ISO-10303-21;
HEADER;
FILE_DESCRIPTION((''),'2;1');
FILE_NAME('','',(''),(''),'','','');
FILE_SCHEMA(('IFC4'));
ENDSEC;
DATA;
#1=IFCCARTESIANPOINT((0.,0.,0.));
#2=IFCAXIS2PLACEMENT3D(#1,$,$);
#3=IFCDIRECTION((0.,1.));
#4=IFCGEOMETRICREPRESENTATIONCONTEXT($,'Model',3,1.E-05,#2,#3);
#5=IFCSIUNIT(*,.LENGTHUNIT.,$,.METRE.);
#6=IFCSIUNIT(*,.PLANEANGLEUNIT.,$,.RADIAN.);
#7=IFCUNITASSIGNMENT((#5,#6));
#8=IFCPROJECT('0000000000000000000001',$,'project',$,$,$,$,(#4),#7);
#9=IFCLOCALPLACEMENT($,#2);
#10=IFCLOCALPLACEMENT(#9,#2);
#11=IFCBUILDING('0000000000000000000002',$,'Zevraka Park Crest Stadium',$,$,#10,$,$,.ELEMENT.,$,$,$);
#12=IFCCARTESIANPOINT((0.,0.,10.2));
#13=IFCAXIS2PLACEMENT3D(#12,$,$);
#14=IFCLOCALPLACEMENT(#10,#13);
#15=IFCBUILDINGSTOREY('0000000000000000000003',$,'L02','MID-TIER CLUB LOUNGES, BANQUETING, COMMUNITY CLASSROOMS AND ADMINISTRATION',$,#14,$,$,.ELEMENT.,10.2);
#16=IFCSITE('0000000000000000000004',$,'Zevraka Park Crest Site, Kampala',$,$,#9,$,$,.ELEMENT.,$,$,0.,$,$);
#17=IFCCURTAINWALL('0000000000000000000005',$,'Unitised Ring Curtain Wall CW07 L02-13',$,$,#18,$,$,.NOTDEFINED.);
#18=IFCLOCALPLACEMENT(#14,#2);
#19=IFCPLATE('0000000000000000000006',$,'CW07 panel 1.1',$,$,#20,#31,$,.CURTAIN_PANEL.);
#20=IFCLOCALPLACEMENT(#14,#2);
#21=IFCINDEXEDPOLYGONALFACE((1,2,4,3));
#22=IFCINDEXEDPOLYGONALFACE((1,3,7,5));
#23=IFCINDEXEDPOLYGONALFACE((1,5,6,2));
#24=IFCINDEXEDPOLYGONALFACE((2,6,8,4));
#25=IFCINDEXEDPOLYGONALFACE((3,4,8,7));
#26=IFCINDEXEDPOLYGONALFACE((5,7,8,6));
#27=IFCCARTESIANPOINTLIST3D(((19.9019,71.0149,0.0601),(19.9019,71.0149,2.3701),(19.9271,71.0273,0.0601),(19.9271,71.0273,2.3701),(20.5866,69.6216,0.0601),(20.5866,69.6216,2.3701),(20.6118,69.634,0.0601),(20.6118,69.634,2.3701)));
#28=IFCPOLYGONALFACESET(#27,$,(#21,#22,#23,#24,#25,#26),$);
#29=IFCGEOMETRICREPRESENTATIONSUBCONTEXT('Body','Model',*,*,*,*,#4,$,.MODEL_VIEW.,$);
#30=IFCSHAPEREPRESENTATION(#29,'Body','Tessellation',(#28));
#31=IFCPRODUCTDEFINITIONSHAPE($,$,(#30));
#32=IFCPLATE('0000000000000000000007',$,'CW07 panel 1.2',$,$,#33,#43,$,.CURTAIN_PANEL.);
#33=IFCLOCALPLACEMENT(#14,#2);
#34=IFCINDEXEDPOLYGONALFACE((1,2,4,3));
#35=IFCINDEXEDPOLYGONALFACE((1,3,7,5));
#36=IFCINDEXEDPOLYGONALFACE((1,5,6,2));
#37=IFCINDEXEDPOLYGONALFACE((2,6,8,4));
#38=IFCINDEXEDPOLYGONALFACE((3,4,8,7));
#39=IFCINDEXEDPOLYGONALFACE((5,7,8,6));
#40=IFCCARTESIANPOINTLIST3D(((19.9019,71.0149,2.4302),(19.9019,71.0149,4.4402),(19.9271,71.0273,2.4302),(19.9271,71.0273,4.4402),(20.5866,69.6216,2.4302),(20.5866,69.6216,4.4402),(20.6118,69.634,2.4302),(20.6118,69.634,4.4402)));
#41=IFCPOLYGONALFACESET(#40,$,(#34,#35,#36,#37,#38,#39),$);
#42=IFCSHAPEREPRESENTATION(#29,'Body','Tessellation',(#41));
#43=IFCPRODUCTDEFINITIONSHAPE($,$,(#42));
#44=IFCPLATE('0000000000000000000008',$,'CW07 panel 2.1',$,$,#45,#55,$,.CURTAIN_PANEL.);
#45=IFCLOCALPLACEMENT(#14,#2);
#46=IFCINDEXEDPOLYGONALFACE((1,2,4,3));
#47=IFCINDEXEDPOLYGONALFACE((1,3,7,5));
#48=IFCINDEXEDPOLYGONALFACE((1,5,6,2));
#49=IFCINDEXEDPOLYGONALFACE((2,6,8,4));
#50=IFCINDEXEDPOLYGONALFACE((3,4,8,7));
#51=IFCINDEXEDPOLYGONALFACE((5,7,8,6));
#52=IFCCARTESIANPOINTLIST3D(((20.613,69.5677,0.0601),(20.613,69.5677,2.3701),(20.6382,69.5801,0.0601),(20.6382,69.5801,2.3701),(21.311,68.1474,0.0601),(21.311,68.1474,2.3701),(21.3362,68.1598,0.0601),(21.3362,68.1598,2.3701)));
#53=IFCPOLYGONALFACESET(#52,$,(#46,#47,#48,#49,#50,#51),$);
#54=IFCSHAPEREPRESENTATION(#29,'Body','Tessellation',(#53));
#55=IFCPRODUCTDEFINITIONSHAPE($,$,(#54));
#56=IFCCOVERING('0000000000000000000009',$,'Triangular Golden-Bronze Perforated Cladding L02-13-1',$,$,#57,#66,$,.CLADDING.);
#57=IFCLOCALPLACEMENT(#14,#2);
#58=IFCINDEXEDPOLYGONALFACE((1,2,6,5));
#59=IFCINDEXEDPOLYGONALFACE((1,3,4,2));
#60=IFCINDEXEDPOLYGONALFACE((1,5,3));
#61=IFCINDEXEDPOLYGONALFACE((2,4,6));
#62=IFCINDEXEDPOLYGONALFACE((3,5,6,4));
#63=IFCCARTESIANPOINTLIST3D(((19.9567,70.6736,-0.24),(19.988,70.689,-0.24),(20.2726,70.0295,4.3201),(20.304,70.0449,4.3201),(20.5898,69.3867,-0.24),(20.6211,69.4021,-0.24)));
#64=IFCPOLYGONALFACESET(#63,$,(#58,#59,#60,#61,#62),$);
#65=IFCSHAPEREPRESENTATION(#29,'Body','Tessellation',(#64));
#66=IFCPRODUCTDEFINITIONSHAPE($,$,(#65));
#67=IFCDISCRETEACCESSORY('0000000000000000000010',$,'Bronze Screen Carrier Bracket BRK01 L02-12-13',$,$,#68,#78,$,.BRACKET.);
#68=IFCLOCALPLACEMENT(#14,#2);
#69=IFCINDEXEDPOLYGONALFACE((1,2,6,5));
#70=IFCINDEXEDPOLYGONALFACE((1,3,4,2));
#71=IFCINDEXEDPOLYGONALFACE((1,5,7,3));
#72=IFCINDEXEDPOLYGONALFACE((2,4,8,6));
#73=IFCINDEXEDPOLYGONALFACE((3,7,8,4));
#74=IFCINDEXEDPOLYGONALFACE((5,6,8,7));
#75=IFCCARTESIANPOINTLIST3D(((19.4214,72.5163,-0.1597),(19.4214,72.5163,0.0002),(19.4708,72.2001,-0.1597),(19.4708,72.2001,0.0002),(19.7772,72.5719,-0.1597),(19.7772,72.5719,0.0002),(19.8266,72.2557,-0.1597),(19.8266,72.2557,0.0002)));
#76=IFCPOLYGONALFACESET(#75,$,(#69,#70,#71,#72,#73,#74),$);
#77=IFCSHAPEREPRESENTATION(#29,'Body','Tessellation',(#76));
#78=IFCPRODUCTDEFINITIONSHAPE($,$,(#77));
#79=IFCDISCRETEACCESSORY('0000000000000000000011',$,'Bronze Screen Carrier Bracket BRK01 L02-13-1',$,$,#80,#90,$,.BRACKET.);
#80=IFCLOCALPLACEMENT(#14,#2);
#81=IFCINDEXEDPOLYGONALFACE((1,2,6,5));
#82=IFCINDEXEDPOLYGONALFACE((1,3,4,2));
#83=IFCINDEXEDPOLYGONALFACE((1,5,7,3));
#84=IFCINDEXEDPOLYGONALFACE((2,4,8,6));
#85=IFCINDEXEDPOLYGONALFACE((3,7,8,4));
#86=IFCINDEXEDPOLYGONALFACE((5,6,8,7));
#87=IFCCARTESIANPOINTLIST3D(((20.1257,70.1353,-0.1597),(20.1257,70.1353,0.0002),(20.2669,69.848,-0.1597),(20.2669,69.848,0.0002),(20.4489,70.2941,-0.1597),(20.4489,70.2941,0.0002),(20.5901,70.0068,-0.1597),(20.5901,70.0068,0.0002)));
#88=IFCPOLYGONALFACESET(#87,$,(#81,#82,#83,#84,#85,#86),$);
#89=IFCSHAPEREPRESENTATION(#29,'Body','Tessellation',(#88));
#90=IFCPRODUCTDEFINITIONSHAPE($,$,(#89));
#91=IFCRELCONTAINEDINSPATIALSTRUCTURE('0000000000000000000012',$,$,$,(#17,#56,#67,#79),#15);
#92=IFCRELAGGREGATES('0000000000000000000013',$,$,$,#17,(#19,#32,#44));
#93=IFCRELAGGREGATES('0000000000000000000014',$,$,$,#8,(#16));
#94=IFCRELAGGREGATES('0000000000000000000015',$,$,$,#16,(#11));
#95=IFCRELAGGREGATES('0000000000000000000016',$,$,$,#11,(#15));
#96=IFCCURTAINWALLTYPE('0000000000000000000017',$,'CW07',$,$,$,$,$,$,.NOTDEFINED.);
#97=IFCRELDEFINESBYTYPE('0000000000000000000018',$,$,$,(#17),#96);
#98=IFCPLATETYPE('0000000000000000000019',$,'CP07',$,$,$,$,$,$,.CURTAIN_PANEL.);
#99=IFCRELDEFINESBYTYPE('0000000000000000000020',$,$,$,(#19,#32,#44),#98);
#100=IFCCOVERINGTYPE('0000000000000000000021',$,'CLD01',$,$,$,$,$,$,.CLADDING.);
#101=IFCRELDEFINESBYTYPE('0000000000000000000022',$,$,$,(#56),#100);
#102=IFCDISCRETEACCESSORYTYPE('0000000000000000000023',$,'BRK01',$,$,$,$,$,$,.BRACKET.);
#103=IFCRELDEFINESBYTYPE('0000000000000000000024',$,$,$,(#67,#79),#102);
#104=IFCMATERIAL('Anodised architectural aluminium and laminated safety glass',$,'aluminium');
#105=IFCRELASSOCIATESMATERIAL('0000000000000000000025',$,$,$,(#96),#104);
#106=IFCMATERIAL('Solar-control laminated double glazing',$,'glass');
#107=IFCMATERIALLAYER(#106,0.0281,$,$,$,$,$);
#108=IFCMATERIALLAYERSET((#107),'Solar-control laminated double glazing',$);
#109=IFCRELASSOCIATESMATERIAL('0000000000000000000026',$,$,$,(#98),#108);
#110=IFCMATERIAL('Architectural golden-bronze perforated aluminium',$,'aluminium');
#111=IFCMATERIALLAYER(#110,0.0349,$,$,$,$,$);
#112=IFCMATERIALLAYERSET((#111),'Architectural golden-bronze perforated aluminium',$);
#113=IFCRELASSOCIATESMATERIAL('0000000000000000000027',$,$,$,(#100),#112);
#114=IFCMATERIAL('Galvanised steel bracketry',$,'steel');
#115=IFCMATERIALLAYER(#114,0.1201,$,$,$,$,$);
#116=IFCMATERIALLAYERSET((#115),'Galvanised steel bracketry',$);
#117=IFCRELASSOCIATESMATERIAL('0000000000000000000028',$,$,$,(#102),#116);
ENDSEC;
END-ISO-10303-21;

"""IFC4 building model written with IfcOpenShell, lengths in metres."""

from ifc_helpers import new_model, si_unit, direction, frame, origin, origin_2d, place, context, subcontext, project, spatial, polyline, rectangle, outline, extrude, material, layer, layer_set, type_object, element, aggregate, save


model = new_model("IFC4")

# Units and contexts
model_context = context("Model", 3, precision=1e-05, world=origin(), true_north=direction((0.0, 1.0)))
body_context = subcontext(model_context, "Body", "Model", "MODEL_VIEW")
ifc_project = project(units=[si_unit("LENGTHUNIT", "METRE"), si_unit("PLANEANGLEUNIT", "RADIAN")], contexts=[model_context])

# Site, building, storey
site_placement = place(None, origin())
site = spatial("IfcSite", under=ifc_project, at=site_placement, Name="Zevraka Park Crest Site, Kampala", CompositionType="ELEMENT", RefElevation=0.0)
building_placement = place(site_placement, origin())
building = spatial("IfcBuilding", under=site, at=building_placement, Name="Zevraka Park Crest Stadium", CompositionType="ELEMENT")
storey_placement = place(building_placement, frame((0.0, 0.0, 10.2)))
storey = spatial("IfcBuildingStorey", under=building, at=storey_placement, Name="L02", Description="MID-TIER CLUB LOUNGES, BANQUETING, COMMUNITY CLASSROOMS AND ADMINISTRATION", CompositionType="ELEMENT", Elevation=10.2)

# Curtain wall
ifc_material_1 = material(Name="Anodised architectural aluminium and laminated safety glass", Category="aluminium")
curtain_wall_type_1 = type_object("IfcCurtainWallType", Name="CW07", PredefinedType="NOTDEFINED", material=ifc_material_1)
curtain_wall_1_placement = place(storey_placement, origin())
curtain_wall_1 = element("IfcCurtainWall", 1, at=curtain_wall_1_placement, inside=storey, type_object=curtain_wall_type_1, Name="Unitised Ring Curtain Wall CW07 L02-13", PredefinedType="NOTDEFINED")

# Plates
ifc_material_2 = material(Name="Solar-control laminated double glazing", Category="glass")
ifc_layer_1 = layer(ifc_material_2, 0.0281)
ifc_layer_set_1 = layer_set([ifc_layer_1], Name="Solar-control laminated double glazing")
plate_type_1 = type_object("IfcPlateType", Name="CP07", PredefinedType="CURTAIN_PANEL", material=ifc_layer_set_1)
plate_1_placement = place(storey_placement, frame((20.2568, 70.3245, 0.0601), z_axis=(0.0, 0.0, 1.0), x_axis=(0.441021, -0.897497, 0.0)))
plate_1 = element("IfcPlate", 2, at=plate_1_placement, type_object=plate_type_1, Name="CW07 panel 1.1", PredefinedType="CURTAIN_PANEL", context=body_context, shape_type="SweptSolid", body=[
    extrude(rectangle(XDim=1.5525, YDim=0.0281, at=origin_2d()), origin(), (0.0, 0.0, 1.0), 2.3101),
])
plate_2_placement = place(storey_placement, frame((20.2568, 70.3245, 2.4302), z_axis=(0.0, 0.0, 1.0), x_axis=(0.441021, -0.897497, 0.0)))
plate_2 = element("IfcPlate", 3, at=plate_2_placement, type_object=plate_type_1, Name="CW07 panel 1.2", PredefinedType="CURTAIN_PANEL", context=body_context, shape_type="SweptSolid", body=[
    extrude(rectangle(XDim=1.5525, YDim=0.0281, at=origin_2d()), origin(), (0.0, 0.0, 1.0), 2.01),
])
plate_3_placement = place(storey_placement, frame((20.9746, 68.8638, 0.0601), z_axis=(0.0, 0.0, 1.0), x_axis=(0.441021, -0.897497, 0.0)))
plate_3 = element("IfcPlate", 4, at=plate_3_placement, type_object=plate_type_1, Name="CW07 panel 2.1", PredefinedType="CURTAIN_PANEL", context=body_context, shape_type="SweptSolid", body=[
    extrude(rectangle(XDim=1.5825, YDim=0.0281, at=origin_2d()), origin(), (0.0, 0.0, 1.0), 2.3101),
])
aggregate(curtain_wall_1, [plate_1, plate_2, plate_3])

# Covering
ifc_material_3 = material(Name="Architectural golden-bronze perforated aluminium", Category="aluminium")
ifc_layer_2 = layer(ifc_material_3, 0.0349)
ifc_layer_set_2 = layer_set([ifc_layer_2], Name="Architectural golden-bronze perforated aluminium")
covering_type = type_object("IfcCoveringType", Name="CLD01", PredefinedType="CLADDING", material=ifc_layer_set_2)
covering_placement = place(storey_placement, frame((19.988, 70.689, -0.24), z_axis=(0.897302, 0.441416, 0.000179), x_axis=(0.441416, -0.897302, 0.0)))
element("IfcCovering", 5, at=covering_placement, inside=storey, type_object=covering_type, Name="Triangular Golden-Bronze Perforated Cladding L02-13-1", PredefinedType="CLADDING", context=body_context, shape_type="SweptSolid", body=[
    extrude(outline(polyline([(0.0, 0.0), (1.4341, 0.0), (0.7174, -4.5601), (0.0, 0.0)])), origin(), (0.0, 0.0, -1.0), 0.0349),
])

# Discrete accessories
ifc_material_4 = material(Name="Galvanised steel bracketry", Category="steel")
ifc_layer_3 = layer(ifc_material_4, 0.1201)
ifc_layer_set_3 = layer_set([ifc_layer_3], Name="Galvanised steel bracketry")
discrete_accessory_type = type_object("IfcDiscreteAccessoryType", Name="BRK01", PredefinedType="BRACKET", material=ifc_layer_set_3)
for number, where, z_axis, x_axis, name in (
    (6, (19.624, 72.386, -0.1597), (0.0, 0.0, 1.0), (0.154366, -0.988014, 0.0), "Bronze Screen Carrier Bracket BRK01 L02-12-13"),
    (7, (20.3579, 70.071, -0.1597), (0.0, 0.0, 1.0), (0.441036, -0.897489, 0.0), "Bronze Screen Carrier Bracket BRK01 L02-13-1"),
):
    element("IfcDiscreteAccessory", number, at=place(storey_placement, frame(where, z_axis=z_axis, x_axis=x_axis)), inside=storey, type_object=discrete_accessory_type, Name=name, PredefinedType="BRACKET", context=body_context, shape_type="SweptSolid", body=[
        extrude(rectangle(XDim=0.3201, YDim=0.3601, at=origin_2d()), origin(), (0.0, 0.0, 1.0), 0.1599),
    ])

save(model, "model.ifc")
